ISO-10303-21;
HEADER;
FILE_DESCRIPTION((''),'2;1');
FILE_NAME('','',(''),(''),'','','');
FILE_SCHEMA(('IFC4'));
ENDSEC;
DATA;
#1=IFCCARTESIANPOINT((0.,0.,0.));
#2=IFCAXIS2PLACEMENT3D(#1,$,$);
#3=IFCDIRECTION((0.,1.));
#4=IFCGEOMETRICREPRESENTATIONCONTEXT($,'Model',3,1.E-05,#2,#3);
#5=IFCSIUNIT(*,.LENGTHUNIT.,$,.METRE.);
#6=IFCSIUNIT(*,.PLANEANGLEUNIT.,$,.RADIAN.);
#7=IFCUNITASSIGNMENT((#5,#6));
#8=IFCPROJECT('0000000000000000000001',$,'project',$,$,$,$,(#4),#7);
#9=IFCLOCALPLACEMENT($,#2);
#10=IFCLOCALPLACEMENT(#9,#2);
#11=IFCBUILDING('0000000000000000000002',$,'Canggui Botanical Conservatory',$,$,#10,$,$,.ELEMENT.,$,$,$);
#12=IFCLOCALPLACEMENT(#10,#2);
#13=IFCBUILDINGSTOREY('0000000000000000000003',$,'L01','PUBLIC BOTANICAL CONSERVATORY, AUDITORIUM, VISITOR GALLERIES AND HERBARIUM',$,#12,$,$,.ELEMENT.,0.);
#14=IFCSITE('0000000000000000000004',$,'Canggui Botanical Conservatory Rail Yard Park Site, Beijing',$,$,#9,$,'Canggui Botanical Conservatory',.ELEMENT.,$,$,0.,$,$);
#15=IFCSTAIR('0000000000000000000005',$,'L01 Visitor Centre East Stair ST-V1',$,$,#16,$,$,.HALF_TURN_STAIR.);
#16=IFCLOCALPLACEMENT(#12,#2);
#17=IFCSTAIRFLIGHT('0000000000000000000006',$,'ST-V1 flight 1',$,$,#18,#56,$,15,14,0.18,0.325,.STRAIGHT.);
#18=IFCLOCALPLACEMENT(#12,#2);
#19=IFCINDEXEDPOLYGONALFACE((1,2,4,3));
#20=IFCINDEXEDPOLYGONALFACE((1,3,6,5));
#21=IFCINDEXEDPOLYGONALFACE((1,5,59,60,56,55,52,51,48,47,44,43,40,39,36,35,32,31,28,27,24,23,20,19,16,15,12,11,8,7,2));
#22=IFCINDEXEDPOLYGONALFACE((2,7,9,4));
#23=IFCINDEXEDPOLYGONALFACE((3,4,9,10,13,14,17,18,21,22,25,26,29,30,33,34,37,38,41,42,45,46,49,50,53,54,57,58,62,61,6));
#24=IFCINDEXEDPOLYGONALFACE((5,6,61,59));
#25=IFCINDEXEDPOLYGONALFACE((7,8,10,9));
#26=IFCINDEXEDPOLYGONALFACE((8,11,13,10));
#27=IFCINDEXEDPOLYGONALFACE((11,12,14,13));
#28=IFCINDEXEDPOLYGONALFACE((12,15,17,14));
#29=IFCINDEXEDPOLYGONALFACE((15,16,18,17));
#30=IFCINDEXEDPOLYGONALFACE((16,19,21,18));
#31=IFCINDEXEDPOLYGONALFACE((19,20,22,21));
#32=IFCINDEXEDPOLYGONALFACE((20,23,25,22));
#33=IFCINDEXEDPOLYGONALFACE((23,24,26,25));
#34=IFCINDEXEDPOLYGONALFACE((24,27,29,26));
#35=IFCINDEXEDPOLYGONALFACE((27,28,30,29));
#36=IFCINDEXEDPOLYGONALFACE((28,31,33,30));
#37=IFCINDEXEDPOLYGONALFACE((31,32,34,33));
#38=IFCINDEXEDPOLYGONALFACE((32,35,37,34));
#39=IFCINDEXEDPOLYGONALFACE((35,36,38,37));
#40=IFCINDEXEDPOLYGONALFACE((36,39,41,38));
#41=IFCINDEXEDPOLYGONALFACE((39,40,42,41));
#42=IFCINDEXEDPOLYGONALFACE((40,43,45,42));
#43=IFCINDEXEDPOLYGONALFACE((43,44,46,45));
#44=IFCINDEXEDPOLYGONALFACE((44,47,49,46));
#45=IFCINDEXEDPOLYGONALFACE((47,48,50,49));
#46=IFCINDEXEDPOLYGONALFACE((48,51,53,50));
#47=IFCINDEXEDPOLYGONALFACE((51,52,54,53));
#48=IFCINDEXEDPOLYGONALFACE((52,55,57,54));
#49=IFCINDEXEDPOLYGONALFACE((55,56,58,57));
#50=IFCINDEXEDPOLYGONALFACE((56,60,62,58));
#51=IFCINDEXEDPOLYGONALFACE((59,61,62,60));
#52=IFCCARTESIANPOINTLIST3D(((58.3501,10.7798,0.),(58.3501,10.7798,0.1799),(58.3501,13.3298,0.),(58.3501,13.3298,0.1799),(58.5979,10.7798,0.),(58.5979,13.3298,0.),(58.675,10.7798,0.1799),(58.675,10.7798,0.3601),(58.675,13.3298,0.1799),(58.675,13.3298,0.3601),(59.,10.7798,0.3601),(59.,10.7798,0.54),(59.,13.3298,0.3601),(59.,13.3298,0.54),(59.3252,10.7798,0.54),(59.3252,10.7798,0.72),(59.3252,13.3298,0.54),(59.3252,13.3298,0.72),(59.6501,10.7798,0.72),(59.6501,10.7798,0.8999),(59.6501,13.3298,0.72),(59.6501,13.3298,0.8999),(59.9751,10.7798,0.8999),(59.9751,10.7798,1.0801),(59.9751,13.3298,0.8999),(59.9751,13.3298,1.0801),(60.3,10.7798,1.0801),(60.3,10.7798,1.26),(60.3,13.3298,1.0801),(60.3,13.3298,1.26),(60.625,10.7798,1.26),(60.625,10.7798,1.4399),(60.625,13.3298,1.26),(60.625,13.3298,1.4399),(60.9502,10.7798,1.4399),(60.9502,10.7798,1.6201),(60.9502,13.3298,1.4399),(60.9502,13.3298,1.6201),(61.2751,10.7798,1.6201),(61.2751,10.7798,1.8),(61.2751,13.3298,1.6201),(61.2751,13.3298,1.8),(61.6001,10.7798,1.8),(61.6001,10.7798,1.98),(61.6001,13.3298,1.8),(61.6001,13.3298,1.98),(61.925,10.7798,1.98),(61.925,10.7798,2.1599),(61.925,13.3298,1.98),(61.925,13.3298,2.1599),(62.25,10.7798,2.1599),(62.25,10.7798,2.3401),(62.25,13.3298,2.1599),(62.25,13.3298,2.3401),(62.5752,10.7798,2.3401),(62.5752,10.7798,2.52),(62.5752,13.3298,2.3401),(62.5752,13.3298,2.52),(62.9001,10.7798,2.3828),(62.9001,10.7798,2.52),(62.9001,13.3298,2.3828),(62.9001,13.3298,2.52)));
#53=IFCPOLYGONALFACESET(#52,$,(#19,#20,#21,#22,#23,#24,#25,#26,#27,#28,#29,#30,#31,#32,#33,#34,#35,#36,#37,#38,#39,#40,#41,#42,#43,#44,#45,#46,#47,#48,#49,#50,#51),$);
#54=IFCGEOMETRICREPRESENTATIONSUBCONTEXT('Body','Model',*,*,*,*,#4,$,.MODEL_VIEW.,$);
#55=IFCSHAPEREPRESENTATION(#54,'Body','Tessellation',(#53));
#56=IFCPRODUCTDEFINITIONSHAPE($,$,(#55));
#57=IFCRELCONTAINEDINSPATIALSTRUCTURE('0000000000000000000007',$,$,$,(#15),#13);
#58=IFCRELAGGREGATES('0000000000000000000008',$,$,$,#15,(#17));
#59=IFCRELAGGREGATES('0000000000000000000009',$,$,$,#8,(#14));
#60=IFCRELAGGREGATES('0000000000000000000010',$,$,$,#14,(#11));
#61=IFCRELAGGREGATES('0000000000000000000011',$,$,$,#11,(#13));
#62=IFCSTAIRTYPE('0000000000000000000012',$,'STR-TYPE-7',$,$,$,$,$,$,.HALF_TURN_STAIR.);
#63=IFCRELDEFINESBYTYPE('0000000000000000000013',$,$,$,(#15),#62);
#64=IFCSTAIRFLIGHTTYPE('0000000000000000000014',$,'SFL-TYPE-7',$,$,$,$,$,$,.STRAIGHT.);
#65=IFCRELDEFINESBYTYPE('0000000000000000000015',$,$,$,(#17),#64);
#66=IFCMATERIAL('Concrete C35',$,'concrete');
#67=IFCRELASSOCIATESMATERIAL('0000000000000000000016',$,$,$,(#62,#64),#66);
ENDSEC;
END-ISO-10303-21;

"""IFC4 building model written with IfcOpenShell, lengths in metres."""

from ifc_helpers import new_model, si_unit, direction, frame, origin, place, context, subcontext, project, spatial, polyline, outline, extrude, material, type_object, element, aggregate, save


model = new_model("IFC4")

# Units and contexts
model_context = context("Model", 3, precision=1e-05, world=origin(), true_north=direction((0.0, 1.0)))
body_context = subcontext(model_context, "Body", "Model", "MODEL_VIEW")
ifc_project = project(units=[si_unit("LENGTHUNIT", "METRE"), si_unit("PLANEANGLEUNIT", "RADIAN")], contexts=[model_context])

# Site, building, storey
site_placement = place(None, origin())
site = spatial("IfcSite", under=ifc_project, at=site_placement, Name="Canggui Botanical Conservatory Rail Yard Park Site, Beijing", LongName="Canggui Botanical Conservatory", CompositionType="ELEMENT", RefElevation=0.0)
building_placement = place(site_placement, origin())
building = spatial("IfcBuilding", under=site, at=building_placement, Name="Canggui Botanical Conservatory", CompositionType="ELEMENT")
storey_placement = place(building_placement, origin())
storey = spatial("IfcBuildingStorey", under=building, at=storey_placement, Name="L01", Description="PUBLIC BOTANICAL CONSERVATORY, AUDITORIUM, VISITOR GALLERIES AND HERBARIUM", CompositionType="ELEMENT", Elevation=0.0)

# Shared definitions
ifc_material_1 = material(Name="Concrete C35", Category="concrete")

# Stair, stair flight
stair_type = type_object("IfcStairType", Name="STR-TYPE-7", PredefinedType="HALF_TURN_STAIR", material=ifc_material_1)
stair_placement = place(storey_placement, origin())
stair = element("IfcStair", 1, at=stair_placement, inside=storey, type_object=stair_type, Name="L01 Visitor Centre East Stair ST-V1", PredefinedType="HALF_TURN_STAIR")
stair_flight_type = type_object("IfcStairFlightType", Name="SFL-TYPE-7", PredefinedType="STRAIGHT", material=ifc_material_1)
stair_flight_placement = place(storey_placement, frame((58.3501, 12.0549, 0.0), z_axis=(0.0, 0.0, 1.0), x_axis=(1.0, 0.0, 0.0)))
stair_flight = element("IfcStairFlight", 2, at=stair_flight_placement, type_object=stair_flight_type, Name="ST-V1 flight 1", NumberOfRisers=15, NumberOfTreads=14, PredefinedType="STRAIGHT", RiserHeight=0.18, TreadLength=0.325, context=body_context, shape_type="SweptSolid", body=[
    extrude(outline(polyline([(0.0, 0.0), (0.0, 0.1799), (0.325, 0.1799), (0.325, 0.3601), (0.6499, 0.3601), (0.6499, 0.54), (0.9751, 0.54), (0.9751, 0.72), (1.3, 0.72), (1.3, 0.8999), (1.625, 0.8999), (1.625, 1.0801), (1.95, 1.0801), (1.95, 1.26), (2.2749, 1.26), (2.2749, 1.4399), (2.6001, 1.4399), (2.6001, 1.6201), (2.925, 1.6201), (2.925, 1.8), (3.25, 1.8), (3.25, 1.98), (3.575, 1.98), (3.575, 2.1599), (3.8999, 2.1599), (3.8999, 2.3401), (4.2251, 2.3401), (4.2251, 2.52), (4.55, 2.52), (4.55, 2.7), (4.55, 2.3828), (0.2478, 0.0), (0.0, 0.0)])), frame((0.0, 1.2749, 0.0), z_axis=(0.0, -1.0, 0.0), x_axis=(1.0, 0.0, 0.0)), (0.0, 0.0, 1.0), 2.55),
])
aggregate(stair, [stair_flight])

save(model, "model.ifc")
